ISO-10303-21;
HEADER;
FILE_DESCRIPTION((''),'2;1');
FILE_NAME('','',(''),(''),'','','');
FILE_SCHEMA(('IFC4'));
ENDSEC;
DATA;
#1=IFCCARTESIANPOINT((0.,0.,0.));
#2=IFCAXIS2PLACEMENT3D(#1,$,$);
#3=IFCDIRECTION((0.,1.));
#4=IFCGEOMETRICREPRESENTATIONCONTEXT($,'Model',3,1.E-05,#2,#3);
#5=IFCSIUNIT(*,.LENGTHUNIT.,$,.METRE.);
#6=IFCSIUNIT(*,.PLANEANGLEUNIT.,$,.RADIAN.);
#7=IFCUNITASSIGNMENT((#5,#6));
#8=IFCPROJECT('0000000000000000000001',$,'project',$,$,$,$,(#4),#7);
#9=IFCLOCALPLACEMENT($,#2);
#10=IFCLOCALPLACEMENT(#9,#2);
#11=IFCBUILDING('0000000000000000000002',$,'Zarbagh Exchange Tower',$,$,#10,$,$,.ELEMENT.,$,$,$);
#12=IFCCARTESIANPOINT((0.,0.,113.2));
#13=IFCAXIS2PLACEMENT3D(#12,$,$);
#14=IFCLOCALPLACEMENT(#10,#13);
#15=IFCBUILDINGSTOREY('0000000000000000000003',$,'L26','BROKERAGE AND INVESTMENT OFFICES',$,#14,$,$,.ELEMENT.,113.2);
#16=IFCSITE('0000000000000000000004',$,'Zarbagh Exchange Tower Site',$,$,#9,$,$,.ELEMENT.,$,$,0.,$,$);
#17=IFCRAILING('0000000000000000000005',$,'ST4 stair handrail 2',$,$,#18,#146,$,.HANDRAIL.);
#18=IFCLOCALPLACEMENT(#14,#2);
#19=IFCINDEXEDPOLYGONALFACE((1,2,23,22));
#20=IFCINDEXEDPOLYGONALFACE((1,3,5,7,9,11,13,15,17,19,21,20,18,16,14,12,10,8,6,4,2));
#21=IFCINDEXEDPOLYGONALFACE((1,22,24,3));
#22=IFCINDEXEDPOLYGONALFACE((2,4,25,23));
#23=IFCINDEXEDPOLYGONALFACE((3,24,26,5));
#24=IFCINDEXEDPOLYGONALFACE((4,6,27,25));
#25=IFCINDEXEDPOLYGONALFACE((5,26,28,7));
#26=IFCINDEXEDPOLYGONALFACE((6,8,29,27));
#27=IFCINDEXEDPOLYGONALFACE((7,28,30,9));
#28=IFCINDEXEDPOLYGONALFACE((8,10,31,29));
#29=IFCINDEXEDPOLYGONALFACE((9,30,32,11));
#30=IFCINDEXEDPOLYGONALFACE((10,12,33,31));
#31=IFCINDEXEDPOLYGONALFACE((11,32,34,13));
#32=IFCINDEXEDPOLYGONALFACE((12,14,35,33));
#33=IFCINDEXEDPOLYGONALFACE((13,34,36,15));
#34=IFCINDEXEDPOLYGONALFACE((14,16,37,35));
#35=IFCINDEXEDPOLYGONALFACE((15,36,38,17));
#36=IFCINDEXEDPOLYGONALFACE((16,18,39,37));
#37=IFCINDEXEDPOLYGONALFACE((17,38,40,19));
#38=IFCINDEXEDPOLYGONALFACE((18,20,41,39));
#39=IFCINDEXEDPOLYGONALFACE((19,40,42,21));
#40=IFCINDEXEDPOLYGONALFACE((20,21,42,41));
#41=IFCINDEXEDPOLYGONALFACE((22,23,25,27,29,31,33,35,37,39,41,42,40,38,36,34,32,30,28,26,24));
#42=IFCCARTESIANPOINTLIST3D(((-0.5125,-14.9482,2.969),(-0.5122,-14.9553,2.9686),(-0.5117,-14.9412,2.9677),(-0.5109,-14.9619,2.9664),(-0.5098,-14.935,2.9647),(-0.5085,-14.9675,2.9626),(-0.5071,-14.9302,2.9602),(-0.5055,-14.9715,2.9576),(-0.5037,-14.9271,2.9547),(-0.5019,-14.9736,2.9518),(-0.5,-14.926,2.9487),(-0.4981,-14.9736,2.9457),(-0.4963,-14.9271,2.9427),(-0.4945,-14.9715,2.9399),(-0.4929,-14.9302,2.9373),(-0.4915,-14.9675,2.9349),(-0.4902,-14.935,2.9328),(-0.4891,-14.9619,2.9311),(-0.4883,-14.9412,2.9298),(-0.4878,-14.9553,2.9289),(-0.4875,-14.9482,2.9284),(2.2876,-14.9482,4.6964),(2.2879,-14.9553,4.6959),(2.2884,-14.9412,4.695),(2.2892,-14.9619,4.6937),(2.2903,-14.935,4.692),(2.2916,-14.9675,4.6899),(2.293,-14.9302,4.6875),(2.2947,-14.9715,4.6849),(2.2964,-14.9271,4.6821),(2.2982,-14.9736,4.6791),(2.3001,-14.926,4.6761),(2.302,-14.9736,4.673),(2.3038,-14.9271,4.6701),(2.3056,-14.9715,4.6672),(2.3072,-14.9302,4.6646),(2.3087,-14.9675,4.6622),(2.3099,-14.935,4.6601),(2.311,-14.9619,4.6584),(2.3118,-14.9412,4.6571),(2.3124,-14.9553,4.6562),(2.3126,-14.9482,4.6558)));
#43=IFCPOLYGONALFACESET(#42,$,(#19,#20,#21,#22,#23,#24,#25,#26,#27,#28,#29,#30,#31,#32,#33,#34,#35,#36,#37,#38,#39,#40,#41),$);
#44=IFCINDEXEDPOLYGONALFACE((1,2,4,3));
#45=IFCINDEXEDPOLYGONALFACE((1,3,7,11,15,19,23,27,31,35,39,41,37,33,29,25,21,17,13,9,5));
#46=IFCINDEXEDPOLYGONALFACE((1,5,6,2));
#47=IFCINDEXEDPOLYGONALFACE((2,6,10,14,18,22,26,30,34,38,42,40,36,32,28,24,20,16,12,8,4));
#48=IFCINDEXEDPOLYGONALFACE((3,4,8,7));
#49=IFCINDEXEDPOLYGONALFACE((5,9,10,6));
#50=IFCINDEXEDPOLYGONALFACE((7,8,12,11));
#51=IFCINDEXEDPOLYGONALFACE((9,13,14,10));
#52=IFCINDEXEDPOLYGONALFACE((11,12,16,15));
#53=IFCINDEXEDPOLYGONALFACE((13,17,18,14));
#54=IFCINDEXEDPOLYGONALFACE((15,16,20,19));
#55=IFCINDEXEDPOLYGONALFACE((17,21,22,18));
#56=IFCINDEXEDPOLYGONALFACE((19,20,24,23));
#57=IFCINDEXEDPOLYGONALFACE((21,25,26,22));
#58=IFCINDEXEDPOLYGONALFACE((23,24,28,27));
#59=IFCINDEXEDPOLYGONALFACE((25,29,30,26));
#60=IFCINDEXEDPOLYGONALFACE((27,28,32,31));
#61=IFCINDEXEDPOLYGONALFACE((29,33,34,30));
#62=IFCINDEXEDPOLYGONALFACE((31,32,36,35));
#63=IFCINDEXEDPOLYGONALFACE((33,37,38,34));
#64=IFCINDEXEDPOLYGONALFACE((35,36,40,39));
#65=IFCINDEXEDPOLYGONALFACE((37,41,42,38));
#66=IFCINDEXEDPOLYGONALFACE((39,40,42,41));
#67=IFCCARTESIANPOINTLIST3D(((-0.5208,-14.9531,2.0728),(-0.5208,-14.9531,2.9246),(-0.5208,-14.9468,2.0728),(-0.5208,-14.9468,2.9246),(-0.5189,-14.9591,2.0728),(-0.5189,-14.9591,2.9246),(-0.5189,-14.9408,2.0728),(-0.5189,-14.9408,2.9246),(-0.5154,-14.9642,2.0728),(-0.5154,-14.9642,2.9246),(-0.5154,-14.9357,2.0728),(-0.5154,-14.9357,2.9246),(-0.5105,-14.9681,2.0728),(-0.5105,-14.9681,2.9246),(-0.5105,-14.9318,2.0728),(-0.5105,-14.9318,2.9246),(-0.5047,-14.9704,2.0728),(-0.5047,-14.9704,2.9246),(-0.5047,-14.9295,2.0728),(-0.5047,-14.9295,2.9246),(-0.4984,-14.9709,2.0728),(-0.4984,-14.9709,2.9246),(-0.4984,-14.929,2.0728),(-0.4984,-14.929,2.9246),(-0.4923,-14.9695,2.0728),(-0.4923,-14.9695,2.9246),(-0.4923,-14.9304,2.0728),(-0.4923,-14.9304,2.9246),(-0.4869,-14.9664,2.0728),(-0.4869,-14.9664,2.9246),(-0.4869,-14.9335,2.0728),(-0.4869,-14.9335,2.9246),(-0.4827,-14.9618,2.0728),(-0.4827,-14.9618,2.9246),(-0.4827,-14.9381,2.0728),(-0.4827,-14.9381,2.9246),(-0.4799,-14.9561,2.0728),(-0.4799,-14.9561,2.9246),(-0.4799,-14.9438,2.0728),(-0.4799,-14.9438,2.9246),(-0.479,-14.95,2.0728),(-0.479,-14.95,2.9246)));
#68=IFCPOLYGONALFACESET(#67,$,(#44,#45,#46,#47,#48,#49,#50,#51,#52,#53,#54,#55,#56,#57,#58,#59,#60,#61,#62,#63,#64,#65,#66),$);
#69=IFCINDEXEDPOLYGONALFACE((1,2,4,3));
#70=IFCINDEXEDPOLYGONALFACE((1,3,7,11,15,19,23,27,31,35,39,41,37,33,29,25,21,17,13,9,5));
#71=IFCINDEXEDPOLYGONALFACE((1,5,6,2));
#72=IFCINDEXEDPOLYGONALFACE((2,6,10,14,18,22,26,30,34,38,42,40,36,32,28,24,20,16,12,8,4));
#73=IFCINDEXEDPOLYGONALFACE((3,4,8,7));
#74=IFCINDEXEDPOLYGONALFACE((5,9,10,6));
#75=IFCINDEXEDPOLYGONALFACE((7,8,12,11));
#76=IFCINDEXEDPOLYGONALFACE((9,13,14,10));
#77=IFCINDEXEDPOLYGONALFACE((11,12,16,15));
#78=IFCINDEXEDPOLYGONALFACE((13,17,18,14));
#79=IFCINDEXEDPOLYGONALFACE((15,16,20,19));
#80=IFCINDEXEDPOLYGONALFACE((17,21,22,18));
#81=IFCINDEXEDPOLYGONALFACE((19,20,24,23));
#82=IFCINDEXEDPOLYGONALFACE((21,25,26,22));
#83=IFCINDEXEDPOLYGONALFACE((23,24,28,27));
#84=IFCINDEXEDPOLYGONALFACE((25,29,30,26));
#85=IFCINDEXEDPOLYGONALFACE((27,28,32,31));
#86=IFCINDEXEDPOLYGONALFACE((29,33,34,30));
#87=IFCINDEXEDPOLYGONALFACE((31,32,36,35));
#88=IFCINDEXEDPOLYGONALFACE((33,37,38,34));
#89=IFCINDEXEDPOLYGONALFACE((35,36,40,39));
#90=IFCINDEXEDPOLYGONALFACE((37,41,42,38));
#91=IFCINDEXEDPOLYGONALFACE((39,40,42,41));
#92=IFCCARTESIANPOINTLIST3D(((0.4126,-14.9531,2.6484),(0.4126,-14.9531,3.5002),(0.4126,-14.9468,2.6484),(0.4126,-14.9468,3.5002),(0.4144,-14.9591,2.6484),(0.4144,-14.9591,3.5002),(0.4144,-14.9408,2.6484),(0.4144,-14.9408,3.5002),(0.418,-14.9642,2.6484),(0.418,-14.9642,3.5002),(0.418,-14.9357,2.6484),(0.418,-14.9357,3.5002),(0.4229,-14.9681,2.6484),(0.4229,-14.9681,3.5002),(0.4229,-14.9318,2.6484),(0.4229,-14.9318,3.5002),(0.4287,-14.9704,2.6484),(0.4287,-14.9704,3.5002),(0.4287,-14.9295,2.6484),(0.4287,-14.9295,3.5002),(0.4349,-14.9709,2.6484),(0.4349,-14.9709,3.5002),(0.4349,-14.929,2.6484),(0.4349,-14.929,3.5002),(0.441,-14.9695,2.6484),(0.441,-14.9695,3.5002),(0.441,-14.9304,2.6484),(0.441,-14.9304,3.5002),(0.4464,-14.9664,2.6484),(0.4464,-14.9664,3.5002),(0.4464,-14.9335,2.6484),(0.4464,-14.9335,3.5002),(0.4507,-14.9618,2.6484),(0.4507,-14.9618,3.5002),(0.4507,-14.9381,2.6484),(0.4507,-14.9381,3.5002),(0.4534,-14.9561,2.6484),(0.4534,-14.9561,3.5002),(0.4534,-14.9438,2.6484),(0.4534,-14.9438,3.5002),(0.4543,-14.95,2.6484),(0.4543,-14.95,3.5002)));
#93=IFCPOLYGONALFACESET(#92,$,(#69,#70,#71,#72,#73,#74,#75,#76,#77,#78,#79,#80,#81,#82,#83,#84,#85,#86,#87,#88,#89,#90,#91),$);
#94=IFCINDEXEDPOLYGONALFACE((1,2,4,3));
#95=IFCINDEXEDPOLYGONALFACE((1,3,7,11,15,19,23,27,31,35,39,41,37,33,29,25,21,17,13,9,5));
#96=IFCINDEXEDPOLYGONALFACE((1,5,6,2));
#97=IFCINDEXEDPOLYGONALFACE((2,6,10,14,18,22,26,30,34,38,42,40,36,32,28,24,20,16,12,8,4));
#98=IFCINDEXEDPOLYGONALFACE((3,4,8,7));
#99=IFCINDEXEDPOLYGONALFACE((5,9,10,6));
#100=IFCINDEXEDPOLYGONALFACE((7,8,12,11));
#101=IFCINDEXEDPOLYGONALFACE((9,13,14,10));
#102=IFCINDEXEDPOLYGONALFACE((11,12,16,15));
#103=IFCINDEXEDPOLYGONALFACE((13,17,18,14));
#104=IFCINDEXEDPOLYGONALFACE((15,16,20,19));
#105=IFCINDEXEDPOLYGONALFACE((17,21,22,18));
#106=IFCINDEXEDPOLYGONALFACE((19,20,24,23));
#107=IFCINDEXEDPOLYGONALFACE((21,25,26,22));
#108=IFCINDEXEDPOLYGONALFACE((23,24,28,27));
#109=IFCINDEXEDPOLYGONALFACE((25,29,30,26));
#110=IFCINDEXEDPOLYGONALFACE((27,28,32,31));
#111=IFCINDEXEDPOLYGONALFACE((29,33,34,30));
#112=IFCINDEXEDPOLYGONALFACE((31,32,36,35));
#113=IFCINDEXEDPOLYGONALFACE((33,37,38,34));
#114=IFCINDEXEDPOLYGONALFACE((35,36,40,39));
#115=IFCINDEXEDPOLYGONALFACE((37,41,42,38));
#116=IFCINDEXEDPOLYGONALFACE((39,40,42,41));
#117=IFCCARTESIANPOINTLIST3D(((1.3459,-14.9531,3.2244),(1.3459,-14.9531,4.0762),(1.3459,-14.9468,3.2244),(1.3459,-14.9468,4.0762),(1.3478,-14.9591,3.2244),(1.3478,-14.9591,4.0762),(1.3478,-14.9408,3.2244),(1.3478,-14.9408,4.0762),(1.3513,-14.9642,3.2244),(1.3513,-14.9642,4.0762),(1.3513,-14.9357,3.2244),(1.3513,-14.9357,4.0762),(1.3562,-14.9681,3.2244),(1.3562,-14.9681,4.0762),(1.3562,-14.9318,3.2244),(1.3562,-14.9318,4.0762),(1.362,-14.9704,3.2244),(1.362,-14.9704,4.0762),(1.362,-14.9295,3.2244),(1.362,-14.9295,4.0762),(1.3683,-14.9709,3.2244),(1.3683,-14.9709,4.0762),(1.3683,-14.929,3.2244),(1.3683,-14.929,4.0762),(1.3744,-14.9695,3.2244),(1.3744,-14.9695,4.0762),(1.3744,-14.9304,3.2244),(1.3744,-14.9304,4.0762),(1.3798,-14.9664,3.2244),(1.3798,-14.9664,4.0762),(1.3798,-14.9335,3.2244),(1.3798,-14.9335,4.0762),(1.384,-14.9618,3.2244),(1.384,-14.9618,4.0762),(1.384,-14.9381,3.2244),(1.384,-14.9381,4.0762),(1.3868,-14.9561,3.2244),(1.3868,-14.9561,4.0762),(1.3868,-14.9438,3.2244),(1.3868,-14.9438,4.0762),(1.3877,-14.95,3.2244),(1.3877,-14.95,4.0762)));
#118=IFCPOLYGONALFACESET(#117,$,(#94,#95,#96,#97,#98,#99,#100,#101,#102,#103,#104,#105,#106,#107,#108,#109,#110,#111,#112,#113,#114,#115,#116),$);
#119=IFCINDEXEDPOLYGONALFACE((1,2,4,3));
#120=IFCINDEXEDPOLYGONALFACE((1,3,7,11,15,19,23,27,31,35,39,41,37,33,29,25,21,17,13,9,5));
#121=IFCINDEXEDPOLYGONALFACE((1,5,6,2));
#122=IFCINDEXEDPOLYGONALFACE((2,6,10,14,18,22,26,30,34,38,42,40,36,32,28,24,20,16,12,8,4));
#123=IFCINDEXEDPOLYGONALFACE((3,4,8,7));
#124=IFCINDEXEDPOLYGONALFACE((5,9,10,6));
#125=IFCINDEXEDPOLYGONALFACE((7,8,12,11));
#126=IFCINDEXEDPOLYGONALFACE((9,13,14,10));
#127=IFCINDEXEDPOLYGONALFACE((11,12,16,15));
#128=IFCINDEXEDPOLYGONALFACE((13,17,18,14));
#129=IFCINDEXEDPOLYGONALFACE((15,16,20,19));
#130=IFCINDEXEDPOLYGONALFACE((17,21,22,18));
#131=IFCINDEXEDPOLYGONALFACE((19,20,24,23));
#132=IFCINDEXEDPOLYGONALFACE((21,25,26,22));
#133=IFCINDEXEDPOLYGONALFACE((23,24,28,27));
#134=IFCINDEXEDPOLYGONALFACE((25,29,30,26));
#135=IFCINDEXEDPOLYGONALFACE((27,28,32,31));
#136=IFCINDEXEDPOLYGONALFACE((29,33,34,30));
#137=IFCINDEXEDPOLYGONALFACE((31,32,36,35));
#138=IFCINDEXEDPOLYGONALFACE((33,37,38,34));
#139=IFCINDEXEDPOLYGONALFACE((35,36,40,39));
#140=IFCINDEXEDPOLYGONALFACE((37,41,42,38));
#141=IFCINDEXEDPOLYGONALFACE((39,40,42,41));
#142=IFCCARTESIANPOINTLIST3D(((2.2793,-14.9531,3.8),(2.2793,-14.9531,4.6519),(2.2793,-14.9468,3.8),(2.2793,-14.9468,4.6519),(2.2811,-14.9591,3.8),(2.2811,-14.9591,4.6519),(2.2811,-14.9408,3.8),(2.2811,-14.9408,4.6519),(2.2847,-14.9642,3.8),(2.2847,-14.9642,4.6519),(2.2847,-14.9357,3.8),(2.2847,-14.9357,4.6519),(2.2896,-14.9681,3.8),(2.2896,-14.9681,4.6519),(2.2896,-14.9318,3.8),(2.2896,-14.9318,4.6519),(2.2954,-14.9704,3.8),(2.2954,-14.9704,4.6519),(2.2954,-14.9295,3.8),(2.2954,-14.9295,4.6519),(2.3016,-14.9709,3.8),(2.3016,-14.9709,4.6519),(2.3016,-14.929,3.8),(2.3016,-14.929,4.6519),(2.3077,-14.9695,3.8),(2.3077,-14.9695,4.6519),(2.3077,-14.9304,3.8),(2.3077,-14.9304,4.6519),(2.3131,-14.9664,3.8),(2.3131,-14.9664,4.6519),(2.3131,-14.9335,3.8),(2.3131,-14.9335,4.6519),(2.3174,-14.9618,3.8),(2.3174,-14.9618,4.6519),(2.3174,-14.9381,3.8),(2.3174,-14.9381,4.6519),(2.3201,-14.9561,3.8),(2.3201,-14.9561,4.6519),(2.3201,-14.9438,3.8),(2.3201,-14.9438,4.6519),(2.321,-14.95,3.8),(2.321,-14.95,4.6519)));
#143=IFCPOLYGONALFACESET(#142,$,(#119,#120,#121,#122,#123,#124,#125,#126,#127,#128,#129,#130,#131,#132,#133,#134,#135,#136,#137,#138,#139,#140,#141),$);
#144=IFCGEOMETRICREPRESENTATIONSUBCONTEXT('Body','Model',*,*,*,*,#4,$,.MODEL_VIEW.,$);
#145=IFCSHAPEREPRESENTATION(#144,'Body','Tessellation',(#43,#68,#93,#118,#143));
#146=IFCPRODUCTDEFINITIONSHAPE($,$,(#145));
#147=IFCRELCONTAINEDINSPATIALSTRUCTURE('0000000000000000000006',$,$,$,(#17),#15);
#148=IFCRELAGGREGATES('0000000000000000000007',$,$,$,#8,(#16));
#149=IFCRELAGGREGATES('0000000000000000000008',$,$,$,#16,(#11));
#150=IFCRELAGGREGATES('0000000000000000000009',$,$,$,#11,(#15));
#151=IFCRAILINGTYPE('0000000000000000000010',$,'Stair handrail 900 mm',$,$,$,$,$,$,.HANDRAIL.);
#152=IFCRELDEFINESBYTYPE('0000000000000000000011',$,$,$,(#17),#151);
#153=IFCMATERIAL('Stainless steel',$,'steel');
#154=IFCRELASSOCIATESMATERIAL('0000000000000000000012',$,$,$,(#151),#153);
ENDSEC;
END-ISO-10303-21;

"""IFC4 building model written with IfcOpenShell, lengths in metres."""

from ifc_helpers import new_model, si_unit, direction, frame, origin, origin_2d, place, context, subcontext, project, spatial, circle, extrude, material, type_object, element, save


model = new_model("IFC4")

# Units and contexts
model_context = context("Model", 3, precision=1e-05, world=origin(), true_north=direction((0.0, 1.0)))
body_context = subcontext(model_context, "Body", "Model", "MODEL_VIEW")
ifc_project = project(units=[si_unit("LENGTHUNIT", "METRE"), si_unit("PLANEANGLEUNIT", "RADIAN")], contexts=[model_context])

# Site, building, storey
site_placement = place(None, origin())
site = spatial("IfcSite", under=ifc_project, at=site_placement, Name="Zarbagh Exchange Tower Site", CompositionType="ELEMENT", RefElevation=0.0)
building_placement = place(site_placement, origin())
building = spatial("IfcBuilding", under=site, at=building_placement, Name="Zarbagh Exchange Tower", CompositionType="ELEMENT")
storey_placement = place(building_placement, frame((0.0, 0.0, 113.2)))
storey = spatial("IfcBuildingStorey", under=building, at=storey_placement, Name="L26", Description="BROKERAGE AND INVESTMENT OFFICES", CompositionType="ELEMENT", Elevation=113.2)

# Shared definitions
ifc_material_1 = material(Name="Stainless steel", Category="steel")

# Railing
railing_type = type_object("IfcRailingType", Name="Stair handrail 900 mm", PredefinedType="HANDRAIL", material=ifc_material_1)
for number, where, name in (
    (1, (-0.5, -14.95, 2.0728), "ST4 stair handrail 2"),
):
    element("IfcRailing", number, at=place(storey_placement, frame(where)), inside=storey, type_object=railing_type, Name=name, PredefinedType="HANDRAIL", context=body_context, shape_type="SweptSolid", body=[
        extrude(circle(Radius=0.0239, at=origin_2d()), frame((0.0, 0.0, 0.876), z_axis=(0.85109, 0.0, 0.52502), x_axis=(0.0, 1.0, 0.0)), (0.0, 0.0, 1.0), 3.29),
        extrude(circle(Radius=0.021, at=origin_2d()), origin(), (0.0, 0.0, 1.0), 0.8518),
        extrude(circle(Radius=0.021, at=origin_2d()), frame((0.9333, 0.0, 0.5757)), (0.0, 0.0, 1.0), 0.8518),
        extrude(circle(Radius=0.021, at=origin_2d()), frame((1.8667, 0.0, 1.1516)), (0.0, 0.0, 1.0), 0.8518),
        extrude(circle(Radius=0.021, at=origin_2d()), frame((2.8, 0.0, 1.7273)), (0.0, 0.0, 1.0), 0.8518),
    ])

save(model, "model.ifc")
